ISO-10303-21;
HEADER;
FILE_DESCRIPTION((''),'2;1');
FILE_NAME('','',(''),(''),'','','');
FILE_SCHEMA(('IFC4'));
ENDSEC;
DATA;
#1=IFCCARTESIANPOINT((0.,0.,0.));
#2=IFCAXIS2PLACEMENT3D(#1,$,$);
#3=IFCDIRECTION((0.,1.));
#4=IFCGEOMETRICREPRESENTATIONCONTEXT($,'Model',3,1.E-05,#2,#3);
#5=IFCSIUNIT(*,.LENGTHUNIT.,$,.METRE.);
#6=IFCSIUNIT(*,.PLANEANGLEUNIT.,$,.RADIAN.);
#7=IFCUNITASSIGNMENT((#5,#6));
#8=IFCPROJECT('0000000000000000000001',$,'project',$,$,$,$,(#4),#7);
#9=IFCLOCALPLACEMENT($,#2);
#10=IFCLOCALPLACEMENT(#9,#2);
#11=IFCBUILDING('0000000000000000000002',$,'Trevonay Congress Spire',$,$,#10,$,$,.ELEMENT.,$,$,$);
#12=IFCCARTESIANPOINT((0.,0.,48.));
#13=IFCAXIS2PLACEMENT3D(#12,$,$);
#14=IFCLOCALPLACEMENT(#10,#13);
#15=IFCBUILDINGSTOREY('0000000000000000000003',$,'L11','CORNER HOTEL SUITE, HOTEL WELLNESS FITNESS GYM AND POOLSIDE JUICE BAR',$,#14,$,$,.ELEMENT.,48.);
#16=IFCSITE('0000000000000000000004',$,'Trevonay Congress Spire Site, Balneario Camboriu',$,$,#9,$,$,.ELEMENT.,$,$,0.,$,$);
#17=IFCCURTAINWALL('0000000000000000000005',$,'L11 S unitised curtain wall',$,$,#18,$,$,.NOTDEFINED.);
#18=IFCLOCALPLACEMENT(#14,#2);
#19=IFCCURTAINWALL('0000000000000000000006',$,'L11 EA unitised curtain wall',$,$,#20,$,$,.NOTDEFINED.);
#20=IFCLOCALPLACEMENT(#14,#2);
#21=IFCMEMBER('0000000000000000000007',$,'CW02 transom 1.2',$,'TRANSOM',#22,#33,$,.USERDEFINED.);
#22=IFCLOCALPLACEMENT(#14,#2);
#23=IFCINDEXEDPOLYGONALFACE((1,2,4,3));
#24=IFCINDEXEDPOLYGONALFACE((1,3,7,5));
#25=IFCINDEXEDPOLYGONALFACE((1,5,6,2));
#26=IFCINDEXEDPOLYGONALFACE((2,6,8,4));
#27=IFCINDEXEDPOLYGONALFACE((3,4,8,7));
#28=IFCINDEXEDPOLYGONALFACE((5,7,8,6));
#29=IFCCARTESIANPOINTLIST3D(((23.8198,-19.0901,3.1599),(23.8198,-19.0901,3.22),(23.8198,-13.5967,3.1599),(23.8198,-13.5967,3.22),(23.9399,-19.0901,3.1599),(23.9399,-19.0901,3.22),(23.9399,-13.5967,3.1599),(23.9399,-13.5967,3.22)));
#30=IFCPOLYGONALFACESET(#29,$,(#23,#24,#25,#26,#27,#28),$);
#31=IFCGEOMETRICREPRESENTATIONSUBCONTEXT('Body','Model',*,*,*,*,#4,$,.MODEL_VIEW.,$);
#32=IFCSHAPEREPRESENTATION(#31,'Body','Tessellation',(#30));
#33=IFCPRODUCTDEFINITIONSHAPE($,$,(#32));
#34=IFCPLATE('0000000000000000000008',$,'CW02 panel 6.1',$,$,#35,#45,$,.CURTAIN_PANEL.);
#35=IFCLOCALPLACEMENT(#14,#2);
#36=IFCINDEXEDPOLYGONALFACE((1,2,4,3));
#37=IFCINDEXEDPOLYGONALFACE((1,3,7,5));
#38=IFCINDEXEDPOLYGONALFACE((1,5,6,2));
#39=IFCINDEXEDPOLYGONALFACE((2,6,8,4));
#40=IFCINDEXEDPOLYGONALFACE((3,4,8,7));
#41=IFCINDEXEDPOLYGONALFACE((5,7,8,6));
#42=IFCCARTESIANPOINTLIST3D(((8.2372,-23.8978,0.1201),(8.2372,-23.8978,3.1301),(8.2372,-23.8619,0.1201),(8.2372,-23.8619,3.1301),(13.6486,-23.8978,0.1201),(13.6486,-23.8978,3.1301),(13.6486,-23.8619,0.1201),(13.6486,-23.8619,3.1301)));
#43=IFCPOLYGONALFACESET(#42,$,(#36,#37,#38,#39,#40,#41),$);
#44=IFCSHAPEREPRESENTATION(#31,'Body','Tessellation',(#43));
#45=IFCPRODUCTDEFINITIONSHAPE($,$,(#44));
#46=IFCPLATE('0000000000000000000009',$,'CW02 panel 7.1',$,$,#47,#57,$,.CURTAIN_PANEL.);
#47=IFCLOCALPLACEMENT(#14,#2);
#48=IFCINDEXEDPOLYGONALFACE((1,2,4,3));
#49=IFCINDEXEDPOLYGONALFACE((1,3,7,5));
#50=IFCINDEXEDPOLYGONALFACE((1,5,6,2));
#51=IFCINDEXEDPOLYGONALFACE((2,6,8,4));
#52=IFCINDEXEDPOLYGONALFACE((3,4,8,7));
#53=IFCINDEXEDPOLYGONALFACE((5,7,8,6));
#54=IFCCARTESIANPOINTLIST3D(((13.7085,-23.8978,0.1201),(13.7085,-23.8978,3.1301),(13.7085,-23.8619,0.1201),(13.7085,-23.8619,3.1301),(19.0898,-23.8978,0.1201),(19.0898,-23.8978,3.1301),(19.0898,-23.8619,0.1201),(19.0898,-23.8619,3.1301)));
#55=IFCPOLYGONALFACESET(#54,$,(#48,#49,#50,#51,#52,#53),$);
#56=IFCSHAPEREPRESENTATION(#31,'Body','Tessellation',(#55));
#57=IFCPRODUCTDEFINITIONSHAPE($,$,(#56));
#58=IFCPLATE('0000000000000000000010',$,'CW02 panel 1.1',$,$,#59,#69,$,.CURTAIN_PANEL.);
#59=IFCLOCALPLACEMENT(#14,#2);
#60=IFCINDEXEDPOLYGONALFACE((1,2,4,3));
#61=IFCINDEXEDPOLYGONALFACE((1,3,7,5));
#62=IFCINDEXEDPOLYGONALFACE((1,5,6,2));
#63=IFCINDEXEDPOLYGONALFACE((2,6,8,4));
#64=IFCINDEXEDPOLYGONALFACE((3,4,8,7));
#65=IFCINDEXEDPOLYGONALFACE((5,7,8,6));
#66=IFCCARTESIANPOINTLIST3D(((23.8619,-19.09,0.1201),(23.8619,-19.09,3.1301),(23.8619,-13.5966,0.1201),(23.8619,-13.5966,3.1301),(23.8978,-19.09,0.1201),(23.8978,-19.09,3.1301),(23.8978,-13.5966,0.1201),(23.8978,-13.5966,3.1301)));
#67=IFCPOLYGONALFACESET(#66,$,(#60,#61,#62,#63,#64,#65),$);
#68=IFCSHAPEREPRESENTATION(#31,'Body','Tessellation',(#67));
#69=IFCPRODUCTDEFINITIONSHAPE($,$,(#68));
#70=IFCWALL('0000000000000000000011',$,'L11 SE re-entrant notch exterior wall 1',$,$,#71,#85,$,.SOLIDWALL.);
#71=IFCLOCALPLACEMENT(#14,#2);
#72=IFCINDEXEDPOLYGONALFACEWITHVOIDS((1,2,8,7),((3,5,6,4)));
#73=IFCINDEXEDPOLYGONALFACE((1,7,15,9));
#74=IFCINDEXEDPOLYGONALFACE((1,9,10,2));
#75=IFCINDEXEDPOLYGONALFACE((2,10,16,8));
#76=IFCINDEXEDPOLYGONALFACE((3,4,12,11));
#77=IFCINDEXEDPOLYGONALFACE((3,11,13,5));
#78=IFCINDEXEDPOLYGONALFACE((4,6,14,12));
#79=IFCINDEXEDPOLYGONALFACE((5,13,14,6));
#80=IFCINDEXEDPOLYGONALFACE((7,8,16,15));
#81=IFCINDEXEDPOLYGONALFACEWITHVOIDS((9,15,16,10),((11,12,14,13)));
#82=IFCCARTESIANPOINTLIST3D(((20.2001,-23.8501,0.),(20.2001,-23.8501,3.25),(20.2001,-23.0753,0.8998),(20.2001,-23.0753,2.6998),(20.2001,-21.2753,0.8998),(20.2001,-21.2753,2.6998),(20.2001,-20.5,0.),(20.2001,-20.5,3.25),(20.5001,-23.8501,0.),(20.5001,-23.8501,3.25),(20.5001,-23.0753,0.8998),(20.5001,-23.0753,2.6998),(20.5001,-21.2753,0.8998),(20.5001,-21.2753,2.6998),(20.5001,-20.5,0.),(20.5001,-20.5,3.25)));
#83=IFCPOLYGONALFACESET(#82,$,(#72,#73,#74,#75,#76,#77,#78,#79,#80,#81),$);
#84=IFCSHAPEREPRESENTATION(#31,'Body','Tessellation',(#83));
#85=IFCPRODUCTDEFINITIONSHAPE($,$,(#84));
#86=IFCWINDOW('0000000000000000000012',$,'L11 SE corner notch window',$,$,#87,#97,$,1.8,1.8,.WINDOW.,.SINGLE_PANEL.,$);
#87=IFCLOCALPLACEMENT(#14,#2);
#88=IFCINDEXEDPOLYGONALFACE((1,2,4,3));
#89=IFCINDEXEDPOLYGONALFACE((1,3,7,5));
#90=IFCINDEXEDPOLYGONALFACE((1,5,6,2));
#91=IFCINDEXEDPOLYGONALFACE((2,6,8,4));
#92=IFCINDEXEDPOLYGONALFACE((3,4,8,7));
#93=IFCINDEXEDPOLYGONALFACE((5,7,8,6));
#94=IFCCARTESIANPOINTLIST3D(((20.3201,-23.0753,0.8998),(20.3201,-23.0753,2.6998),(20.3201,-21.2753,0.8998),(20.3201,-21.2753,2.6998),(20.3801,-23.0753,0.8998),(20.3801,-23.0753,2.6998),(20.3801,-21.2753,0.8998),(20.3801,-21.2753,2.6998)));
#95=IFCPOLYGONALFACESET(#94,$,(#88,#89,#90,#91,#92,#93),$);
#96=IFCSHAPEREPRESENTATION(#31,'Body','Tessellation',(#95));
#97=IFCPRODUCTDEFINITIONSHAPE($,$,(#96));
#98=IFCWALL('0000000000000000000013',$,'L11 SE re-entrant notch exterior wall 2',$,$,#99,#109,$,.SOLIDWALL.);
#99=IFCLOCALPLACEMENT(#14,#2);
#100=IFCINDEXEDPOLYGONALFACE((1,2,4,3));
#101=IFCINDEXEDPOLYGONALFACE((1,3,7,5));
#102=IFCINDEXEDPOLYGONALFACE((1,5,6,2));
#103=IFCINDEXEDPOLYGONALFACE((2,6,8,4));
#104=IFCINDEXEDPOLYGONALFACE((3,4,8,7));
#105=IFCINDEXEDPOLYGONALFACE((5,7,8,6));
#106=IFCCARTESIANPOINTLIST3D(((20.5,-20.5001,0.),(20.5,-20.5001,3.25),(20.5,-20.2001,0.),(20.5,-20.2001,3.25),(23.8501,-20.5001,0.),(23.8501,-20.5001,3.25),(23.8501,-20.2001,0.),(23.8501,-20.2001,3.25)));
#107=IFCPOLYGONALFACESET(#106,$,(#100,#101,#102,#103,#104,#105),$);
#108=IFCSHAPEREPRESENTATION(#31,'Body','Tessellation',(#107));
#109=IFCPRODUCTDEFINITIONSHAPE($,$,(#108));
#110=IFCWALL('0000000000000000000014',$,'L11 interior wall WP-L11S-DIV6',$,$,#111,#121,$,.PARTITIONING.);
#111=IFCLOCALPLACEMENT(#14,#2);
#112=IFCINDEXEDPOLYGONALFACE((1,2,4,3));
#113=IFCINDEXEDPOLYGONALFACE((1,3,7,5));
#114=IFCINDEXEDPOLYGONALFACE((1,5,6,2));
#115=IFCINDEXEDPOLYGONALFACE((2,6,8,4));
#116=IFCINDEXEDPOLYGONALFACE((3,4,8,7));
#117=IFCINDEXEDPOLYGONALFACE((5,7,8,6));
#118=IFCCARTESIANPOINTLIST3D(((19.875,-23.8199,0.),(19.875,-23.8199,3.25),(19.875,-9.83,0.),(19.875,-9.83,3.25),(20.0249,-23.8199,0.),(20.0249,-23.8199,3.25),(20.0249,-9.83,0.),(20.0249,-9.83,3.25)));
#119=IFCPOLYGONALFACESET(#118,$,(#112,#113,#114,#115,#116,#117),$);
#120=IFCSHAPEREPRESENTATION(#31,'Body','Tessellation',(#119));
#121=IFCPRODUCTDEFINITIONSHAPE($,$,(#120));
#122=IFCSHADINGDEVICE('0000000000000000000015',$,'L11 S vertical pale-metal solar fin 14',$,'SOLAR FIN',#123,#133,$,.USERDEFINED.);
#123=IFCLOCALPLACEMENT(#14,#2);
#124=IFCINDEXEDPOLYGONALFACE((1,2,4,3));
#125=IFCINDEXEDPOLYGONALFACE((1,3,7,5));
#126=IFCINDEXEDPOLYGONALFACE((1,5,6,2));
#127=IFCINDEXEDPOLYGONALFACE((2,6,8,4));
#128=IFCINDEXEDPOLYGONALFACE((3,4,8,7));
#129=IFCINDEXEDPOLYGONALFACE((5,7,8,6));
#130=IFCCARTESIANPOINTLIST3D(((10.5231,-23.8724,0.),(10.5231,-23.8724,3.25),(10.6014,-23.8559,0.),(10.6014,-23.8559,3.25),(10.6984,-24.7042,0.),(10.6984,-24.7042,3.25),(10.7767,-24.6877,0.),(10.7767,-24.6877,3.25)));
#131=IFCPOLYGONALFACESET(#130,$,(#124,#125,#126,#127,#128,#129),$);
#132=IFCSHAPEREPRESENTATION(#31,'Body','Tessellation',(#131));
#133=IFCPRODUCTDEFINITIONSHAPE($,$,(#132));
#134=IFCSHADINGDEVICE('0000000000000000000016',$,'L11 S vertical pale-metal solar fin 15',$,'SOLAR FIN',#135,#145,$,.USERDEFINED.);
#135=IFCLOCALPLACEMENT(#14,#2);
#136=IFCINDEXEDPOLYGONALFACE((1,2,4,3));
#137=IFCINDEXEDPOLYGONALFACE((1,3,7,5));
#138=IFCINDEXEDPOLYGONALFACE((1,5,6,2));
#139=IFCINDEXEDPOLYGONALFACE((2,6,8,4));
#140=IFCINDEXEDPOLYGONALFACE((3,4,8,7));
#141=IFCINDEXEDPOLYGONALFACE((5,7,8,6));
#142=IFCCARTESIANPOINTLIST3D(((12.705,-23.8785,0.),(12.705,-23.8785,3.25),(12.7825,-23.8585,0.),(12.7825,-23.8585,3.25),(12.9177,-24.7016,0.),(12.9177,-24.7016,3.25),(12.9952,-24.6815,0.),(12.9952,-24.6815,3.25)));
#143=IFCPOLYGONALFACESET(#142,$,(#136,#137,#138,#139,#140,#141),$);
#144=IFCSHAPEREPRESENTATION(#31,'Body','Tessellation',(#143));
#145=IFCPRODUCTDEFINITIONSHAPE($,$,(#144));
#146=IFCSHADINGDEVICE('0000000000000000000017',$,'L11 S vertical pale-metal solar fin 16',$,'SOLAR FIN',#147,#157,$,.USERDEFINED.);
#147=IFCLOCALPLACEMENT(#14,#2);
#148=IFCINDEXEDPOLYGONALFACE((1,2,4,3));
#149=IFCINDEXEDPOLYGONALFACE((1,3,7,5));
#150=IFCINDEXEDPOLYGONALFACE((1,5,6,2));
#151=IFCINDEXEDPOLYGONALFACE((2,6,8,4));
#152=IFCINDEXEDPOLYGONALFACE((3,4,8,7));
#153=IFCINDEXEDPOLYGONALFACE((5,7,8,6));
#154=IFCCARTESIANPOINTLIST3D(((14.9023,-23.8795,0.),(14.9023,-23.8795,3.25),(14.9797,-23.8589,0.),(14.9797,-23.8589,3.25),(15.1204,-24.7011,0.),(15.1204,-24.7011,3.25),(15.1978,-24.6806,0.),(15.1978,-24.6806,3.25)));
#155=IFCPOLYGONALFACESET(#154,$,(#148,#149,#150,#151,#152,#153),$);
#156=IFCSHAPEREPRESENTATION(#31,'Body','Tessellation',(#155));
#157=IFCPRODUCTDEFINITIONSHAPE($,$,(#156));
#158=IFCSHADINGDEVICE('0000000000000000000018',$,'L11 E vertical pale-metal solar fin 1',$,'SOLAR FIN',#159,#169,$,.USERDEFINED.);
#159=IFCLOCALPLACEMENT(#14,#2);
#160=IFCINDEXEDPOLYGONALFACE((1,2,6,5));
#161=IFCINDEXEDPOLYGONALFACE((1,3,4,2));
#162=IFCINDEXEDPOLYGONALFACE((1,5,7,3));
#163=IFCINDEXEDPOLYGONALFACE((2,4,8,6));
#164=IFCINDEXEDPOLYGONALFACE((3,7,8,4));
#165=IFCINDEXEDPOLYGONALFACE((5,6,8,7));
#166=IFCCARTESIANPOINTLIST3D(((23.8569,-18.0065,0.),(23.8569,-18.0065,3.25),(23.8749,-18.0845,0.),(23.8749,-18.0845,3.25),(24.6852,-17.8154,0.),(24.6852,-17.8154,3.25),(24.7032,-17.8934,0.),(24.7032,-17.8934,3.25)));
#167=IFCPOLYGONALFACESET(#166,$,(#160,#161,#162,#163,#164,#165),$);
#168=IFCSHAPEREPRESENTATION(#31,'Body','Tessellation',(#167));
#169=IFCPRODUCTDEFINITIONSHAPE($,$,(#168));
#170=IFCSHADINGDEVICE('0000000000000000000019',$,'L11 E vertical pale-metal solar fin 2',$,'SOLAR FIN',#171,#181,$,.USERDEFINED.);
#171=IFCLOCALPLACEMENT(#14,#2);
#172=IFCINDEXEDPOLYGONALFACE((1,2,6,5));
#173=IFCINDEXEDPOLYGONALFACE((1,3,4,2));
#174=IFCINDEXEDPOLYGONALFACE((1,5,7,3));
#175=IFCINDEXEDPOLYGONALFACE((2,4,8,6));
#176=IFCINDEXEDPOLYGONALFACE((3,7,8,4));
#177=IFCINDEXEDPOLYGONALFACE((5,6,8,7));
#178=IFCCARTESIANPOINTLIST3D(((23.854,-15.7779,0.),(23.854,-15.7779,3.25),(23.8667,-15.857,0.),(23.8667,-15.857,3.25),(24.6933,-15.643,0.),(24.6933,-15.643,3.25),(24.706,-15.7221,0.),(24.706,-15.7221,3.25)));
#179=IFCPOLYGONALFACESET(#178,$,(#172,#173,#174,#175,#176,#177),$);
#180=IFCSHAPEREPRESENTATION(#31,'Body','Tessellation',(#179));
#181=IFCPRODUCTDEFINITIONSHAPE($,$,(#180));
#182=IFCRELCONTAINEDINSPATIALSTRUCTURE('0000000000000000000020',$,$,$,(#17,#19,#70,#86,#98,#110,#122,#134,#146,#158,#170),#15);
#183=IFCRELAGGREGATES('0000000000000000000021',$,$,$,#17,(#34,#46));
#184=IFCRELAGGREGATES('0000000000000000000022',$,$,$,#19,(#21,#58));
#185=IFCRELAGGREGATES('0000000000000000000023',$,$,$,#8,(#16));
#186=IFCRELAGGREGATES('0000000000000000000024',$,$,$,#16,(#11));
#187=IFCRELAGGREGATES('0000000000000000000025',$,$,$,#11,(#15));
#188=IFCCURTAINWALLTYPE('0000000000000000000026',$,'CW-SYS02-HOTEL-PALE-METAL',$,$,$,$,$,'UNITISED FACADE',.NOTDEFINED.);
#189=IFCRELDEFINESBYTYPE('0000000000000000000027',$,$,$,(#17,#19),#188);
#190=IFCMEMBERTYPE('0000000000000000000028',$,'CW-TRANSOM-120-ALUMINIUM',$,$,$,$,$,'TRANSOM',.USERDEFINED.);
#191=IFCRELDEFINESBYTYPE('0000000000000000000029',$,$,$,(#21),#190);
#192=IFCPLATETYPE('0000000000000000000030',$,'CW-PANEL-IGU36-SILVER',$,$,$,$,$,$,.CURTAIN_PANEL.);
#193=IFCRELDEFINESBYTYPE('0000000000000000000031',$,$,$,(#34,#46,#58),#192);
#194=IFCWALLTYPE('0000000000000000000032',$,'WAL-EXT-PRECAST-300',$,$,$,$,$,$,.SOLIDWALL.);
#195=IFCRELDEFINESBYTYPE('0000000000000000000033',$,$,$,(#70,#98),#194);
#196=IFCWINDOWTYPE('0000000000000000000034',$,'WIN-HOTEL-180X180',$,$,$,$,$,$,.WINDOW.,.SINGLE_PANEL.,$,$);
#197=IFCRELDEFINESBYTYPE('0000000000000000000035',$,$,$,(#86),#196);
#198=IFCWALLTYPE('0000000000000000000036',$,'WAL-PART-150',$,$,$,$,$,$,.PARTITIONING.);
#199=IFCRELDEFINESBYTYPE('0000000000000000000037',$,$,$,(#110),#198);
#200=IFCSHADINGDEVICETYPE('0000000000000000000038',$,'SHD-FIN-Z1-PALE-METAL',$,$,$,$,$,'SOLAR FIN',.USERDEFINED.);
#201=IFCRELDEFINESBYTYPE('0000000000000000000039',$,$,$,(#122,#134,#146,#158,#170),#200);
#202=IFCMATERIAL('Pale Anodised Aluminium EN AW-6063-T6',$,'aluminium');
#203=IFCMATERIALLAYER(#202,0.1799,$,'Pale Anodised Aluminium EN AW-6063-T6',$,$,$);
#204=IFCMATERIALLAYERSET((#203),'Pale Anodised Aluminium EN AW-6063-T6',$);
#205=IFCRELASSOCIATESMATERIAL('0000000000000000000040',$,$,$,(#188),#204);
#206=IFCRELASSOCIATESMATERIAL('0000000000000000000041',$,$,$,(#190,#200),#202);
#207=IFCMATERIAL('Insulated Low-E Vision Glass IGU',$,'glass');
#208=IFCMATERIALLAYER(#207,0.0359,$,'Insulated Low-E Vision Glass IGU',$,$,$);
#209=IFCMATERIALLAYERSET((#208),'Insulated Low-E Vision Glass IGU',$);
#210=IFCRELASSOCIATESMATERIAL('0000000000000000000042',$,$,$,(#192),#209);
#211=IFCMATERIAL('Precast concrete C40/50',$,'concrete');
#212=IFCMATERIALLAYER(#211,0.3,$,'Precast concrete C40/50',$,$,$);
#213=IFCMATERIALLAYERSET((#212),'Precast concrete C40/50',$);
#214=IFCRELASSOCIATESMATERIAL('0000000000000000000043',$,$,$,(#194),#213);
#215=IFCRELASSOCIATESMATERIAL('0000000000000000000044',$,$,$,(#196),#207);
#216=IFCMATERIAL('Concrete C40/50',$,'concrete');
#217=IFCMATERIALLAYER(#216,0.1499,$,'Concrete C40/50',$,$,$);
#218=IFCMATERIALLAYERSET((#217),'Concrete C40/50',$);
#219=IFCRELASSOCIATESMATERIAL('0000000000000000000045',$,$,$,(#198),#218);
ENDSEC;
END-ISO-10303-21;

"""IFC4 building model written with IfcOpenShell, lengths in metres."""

from ifc_helpers import new_model, si_unit, direction, frame, frame_2d, origin, origin_2d, place, context, subcontext, project, spatial, rectangle, extrude, material, layer, layer_set, material_profile, profile_set, type_object, element, fill, aggregate, save


model = new_model("IFC4")

# Units and contexts
model_context = context("Model", 3, precision=1e-05, world=origin(), true_north=direction((0.0, 1.0)))
body_context = subcontext(model_context, "Body", "Model", "MODEL_VIEW")
ifc_project = project(units=[si_unit("LENGTHUNIT", "METRE"), si_unit("PLANEANGLEUNIT", "RADIAN")], contexts=[model_context])

# Site, building, storey
site_placement = place(None, origin())
site = spatial("IfcSite", under=ifc_project, at=site_placement, Name="Trevonay Congress Spire Site, Balneario Camboriu", CompositionType="ELEMENT", RefElevation=0.0)
building_placement = place(site_placement, origin())
building = spatial("IfcBuilding", under=site, at=building_placement, Name="Trevonay Congress Spire", CompositionType="ELEMENT")
storey_placement = place(building_placement, frame((0.0, 0.0, 48.0)))
storey = spatial("IfcBuildingStorey", under=building, at=storey_placement, Name="L11", Description="CORNER HOTEL SUITE, HOTEL WELLNESS FITNESS GYM AND POOLSIDE JUICE BAR", CompositionType="ELEMENT", Elevation=48.0)

# Curtain walls
ifc_material_1 = material(Name="Pale Anodised Aluminium EN AW-6063-T6", Category="aluminium")
ifc_layer_1 = layer(ifc_material_1, 0.1799, Name="Pale Anodised Aluminium EN AW-6063-T6")
ifc_layer_set_1 = layer_set([ifc_layer_1], Name="Pale Anodised Aluminium EN AW-6063-T6")
curtain_wall_type = type_object("IfcCurtainWallType", Name="CW-SYS02-HOTEL-PALE-METAL", ElementType="UNITISED FACADE", PredefinedType="NOTDEFINED", material=ifc_layer_set_1)
curtain_wall_1_placement = place(storey_placement, origin())
curtain_wall_1 = element("IfcCurtainWall", 1, at=curtain_wall_1_placement, inside=storey, type_object=curtain_wall_type, Name="L11 S unitised curtain wall", PredefinedType="NOTDEFINED")
curtain_wall_2_placement = place(storey_placement, origin())
curtain_wall_2 = element("IfcCurtainWall", 2, at=curtain_wall_2_placement, inside=storey, type_object=curtain_wall_type, Name="L11 EA unitised curtain wall", PredefinedType="NOTDEFINED")

# Member
ifc_material_profile_1 = material_profile(ifc_material_1, rectangle(XDim=0.1201, YDim=0.0601, at=origin_2d()), Name="CW-TRANSOM-120-ALUMINIUM")
ifc_profile_set_1 = profile_set([ifc_material_profile_1], Name="Pale Anodised Aluminium EN AW-6063-T6")
member_type_1 = type_object("IfcMemberType", Name="CW-TRANSOM-120-ALUMINIUM", ElementType="TRANSOM", PredefinedType="USERDEFINED", material=ifc_profile_set_1)
member_1_placement = place(storey_placement, frame((23.8799, -19.0901, 3.1899), z_axis=(0.0, 1.0, 0.0), x_axis=(-1.0, 0.0, 0.0)))
member_1 = element("IfcMember", 3, at=member_1_placement, type_object=member_type_1, Name="CW02 transom 1.2", ObjectType="TRANSOM", PredefinedType="USERDEFINED", context=body_context, shape_type="SweptSolid", body=[
    extrude(rectangle(XDim=0.1201, YDim=0.0601, at=origin_2d()), origin(), (0.0, 0.0, 1.0), 5.4934),
])

# Plates
ifc_material_2 = material(Name="Insulated Low-E Vision Glass IGU", Category="glass")
ifc_layer_2 = layer(ifc_material_2, 0.0359, Name="Insulated Low-E Vision Glass IGU")
ifc_layer_set_2 = layer_set([ifc_layer_2], Name="Insulated Low-E Vision Glass IGU")
plate_type = type_object("IfcPlateType", Name="CW-PANEL-IGU36-SILVER", PredefinedType="CURTAIN_PANEL", material=ifc_layer_set_2)
plate_1_placement = place(storey_placement, frame((10.9429, -23.8799, 0.1201), z_axis=(0.0, 0.0, 1.0), x_axis=(1.0, 0.0, 0.0)))
plate_1 = element("IfcPlate", 4, at=plate_1_placement, type_object=plate_type, Name="CW02 panel 6.1", PredefinedType="CURTAIN_PANEL", context=body_context, shape_type="SweptSolid", body=[
    extrude(rectangle(XDim=5.4114, YDim=0.0359, at=origin_2d()), origin(), (0.0, 0.0, 1.0), 3.01),
])
plate_2_placement = place(storey_placement, frame((16.3992, -23.8799, 0.1201), z_axis=(0.0, 0.0, 1.0), x_axis=(1.0, 0.0, 0.0)))
plate_2 = element("IfcPlate", 5, at=plate_2_placement, type_object=plate_type, Name="CW02 panel 7.1", PredefinedType="CURTAIN_PANEL", context=body_context, shape_type="SweptSolid", body=[
    extrude(rectangle(XDim=5.3813, YDim=0.0359, at=origin_2d()), origin(), (0.0, 0.0, 1.0), 3.01),
])
aggregate(curtain_wall_1, [plate_1, plate_2])
plate_3_placement = place(storey_placement, frame((23.8799, -16.3433, 0.1201), z_axis=(0.0, 0.0, 1.0), x_axis=(0.0, 1.0, 0.0)))
plate_3 = element("IfcPlate", 6, at=plate_3_placement, type_object=plate_type, Name="CW02 panel 1.1", PredefinedType="CURTAIN_PANEL", context=body_context, shape_type="SweptSolid", body=[
    extrude(rectangle(XDim=5.4934, YDim=0.0359, at=origin_2d()), origin(), (0.0, 0.0, 1.0), 3.01),
])
aggregate(curtain_wall_2, [member_1, plate_3])

# Wall, opening, window
ifc_material_3 = material(Name="Precast concrete C40/50", Category="concrete")
ifc_layer_3 = layer(ifc_material_3, 0.3, Name="Precast concrete C40/50")
ifc_layer_set_3 = layer_set([ifc_layer_3], Name="Precast concrete C40/50")
wall_type_1 = type_object("IfcWallType", Name="WAL-EXT-PRECAST-300", PredefinedType="SOLIDWALL", material=ifc_layer_set_3)
wall_1_placement = place(storey_placement, frame((20.3501, -23.8501, 0.0), z_axis=(0.0, 0.0, 1.0), x_axis=(0.0, 1.0, 0.0)))
wall_1 = element("IfcWall", 7, at=wall_1_placement, inside=storey, type_object=wall_type_1, Name="L11 SE re-entrant notch exterior wall 1", PredefinedType="SOLIDWALL", context=body_context, shape_type="SweptSolid", body=[
    extrude(rectangle(XDim=3.3501, YDim=0.3, at=frame_2d((1.675, 0.0))), origin(), (0.0, 0.0, 1.0), 3.25),
])
opening_placement = place(wall_1_placement, frame((0.7749, 0.0, 0.8999)))
opening = element("IfcOpeningElement", 8, at=opening_placement, cuts=wall_1, PredefinedType="OPENING", context=body_context, shape_type="SweptSolid", body=[
    extrude(rectangle(XDim=1.8, YDim=1.8, at=frame_2d((0.8999, 0.8999))), frame((0.0, 0.1602, 0.0), z_axis=(0.0, -1.0, 0.0), x_axis=(1.0, 0.0, 0.0)), (0.0, 0.0, 1.0), 0.3201),
])
window_type = type_object("IfcWindowType", Name="WIN-HOTEL-180X180", PartitioningType="SINGLE_PANEL", PredefinedType="WINDOW", material=ifc_material_2)
window_placement = place(opening_placement, origin())
window = element("IfcWindow", 9, at=window_placement, inside=storey, type_object=window_type, Name="L11 SE corner notch window", OverallHeight=1.8, OverallWidth=1.8, PartitioningType="SINGLE_PANEL", PredefinedType="WINDOW", context=body_context, shape_type="SweptSolid", body=[
    extrude(rectangle(XDim=1.8, YDim=1.8, at=frame_2d((0.8999, 0.8999))), frame((0.0, 0.03, 0.0), z_axis=(0.0, -1.0, 0.0), x_axis=(1.0, 0.0, 0.0)), (0.0, 0.0, 1.0), 0.0601),
])
fill(opening, window)

# Walls
wall_2_placement = place(storey_placement, frame((23.8501, -20.3501, 0.0), z_axis=(0.0, 0.0, 1.0), x_axis=(-1.0, 0.0, 0.0)))
element("IfcWall", 10, at=wall_2_placement, inside=storey, type_object=wall_type_1, Name="L11 SE re-entrant notch exterior wall 2", PredefinedType="SOLIDWALL", context=body_context, shape_type="SweptSolid", body=[
    extrude(rectangle(XDim=3.3501, YDim=0.3, at=frame_2d((1.675, 0.0))), origin(), (0.0, 0.0, 1.0), 3.25),
])
ifc_material_4 = material(Name="Concrete C40/50", Category="concrete")
ifc_layer_4 = layer(ifc_material_4, 0.1499, Name="Concrete C40/50")
ifc_layer_set_4 = layer_set([ifc_layer_4], Name="Concrete C40/50")
wall_type_2 = type_object("IfcWallType", Name="WAL-PART-150", PredefinedType="PARTITIONING", material=ifc_layer_set_4)
wall_3_placement = place(storey_placement, frame((19.95, -23.8201, 0.0), z_axis=(0.0, 0.0, 1.0), x_axis=(0.0, 1.0, 0.0)))
element("IfcWall", 11, at=wall_3_placement, inside=storey, type_object=wall_type_2, Name="L11 interior wall WP-L11S-DIV6", PredefinedType="PARTITIONING", context=body_context, shape_type="SweptSolid", body=[
    extrude(rectangle(XDim=13.99, YDim=0.1499, at=frame_2d((6.9951, 0.0))), origin(), (0.0, 0.0, 1.0), 3.25),
])

# Shading devices
shading_device_type = type_object("IfcShadingDeviceType", Name="SHD-FIN-Z1-PALE-METAL", ElementType="SOLAR FIN", PredefinedType="USERDEFINED", material=ifc_material_1)
for number, where, z_axis, x_axis, name in (
    (12, (10.6499, -24.28, 0.0), (0.0, 0.0, 1.0), (0.978509, 0.206204, 0.0), "L11 S vertical pale-metal solar fin 14"),
    (13, (12.8501, -24.28, 0.0), (0.0, 0.0, 1.0), (0.968191, 0.250211, 0.0), "L11 S vertical pale-metal solar fin 15"),
    (14, (15.05, -24.28, 0.0), (0.0, 0.0, 1.0), (0.966511, 0.256627, 0.0), "L11 S vertical pale-metal solar fin 16"),
    (15, (24.28, -17.95, 0.0), (0.0, 0.0, 1.0), (-0.224781, 0.974409, 0.0), "L11 E vertical pale-metal solar fin 1"),
    (16, (24.28, -15.75, 0.0), (0.0, 0.0, 1.0), (-0.158675, 0.987331, 0.0), "L11 E vertical pale-metal solar fin 2"),
):
    element("IfcShadingDevice", number, at=place(storey_placement, frame(where, z_axis=z_axis, x_axis=x_axis)), inside=storey, type_object=shading_device_type, Name=name, ObjectType="SOLAR FIN", PredefinedType="USERDEFINED", context=body_context, shape_type="SweptSolid", body=[
        extrude(rectangle(XDim=0.0801, YDim=0.8501, at=origin_2d()), origin(), (0.0, 0.0, 1.0), 3.25),
    ])

save(model, "model.ifc")
